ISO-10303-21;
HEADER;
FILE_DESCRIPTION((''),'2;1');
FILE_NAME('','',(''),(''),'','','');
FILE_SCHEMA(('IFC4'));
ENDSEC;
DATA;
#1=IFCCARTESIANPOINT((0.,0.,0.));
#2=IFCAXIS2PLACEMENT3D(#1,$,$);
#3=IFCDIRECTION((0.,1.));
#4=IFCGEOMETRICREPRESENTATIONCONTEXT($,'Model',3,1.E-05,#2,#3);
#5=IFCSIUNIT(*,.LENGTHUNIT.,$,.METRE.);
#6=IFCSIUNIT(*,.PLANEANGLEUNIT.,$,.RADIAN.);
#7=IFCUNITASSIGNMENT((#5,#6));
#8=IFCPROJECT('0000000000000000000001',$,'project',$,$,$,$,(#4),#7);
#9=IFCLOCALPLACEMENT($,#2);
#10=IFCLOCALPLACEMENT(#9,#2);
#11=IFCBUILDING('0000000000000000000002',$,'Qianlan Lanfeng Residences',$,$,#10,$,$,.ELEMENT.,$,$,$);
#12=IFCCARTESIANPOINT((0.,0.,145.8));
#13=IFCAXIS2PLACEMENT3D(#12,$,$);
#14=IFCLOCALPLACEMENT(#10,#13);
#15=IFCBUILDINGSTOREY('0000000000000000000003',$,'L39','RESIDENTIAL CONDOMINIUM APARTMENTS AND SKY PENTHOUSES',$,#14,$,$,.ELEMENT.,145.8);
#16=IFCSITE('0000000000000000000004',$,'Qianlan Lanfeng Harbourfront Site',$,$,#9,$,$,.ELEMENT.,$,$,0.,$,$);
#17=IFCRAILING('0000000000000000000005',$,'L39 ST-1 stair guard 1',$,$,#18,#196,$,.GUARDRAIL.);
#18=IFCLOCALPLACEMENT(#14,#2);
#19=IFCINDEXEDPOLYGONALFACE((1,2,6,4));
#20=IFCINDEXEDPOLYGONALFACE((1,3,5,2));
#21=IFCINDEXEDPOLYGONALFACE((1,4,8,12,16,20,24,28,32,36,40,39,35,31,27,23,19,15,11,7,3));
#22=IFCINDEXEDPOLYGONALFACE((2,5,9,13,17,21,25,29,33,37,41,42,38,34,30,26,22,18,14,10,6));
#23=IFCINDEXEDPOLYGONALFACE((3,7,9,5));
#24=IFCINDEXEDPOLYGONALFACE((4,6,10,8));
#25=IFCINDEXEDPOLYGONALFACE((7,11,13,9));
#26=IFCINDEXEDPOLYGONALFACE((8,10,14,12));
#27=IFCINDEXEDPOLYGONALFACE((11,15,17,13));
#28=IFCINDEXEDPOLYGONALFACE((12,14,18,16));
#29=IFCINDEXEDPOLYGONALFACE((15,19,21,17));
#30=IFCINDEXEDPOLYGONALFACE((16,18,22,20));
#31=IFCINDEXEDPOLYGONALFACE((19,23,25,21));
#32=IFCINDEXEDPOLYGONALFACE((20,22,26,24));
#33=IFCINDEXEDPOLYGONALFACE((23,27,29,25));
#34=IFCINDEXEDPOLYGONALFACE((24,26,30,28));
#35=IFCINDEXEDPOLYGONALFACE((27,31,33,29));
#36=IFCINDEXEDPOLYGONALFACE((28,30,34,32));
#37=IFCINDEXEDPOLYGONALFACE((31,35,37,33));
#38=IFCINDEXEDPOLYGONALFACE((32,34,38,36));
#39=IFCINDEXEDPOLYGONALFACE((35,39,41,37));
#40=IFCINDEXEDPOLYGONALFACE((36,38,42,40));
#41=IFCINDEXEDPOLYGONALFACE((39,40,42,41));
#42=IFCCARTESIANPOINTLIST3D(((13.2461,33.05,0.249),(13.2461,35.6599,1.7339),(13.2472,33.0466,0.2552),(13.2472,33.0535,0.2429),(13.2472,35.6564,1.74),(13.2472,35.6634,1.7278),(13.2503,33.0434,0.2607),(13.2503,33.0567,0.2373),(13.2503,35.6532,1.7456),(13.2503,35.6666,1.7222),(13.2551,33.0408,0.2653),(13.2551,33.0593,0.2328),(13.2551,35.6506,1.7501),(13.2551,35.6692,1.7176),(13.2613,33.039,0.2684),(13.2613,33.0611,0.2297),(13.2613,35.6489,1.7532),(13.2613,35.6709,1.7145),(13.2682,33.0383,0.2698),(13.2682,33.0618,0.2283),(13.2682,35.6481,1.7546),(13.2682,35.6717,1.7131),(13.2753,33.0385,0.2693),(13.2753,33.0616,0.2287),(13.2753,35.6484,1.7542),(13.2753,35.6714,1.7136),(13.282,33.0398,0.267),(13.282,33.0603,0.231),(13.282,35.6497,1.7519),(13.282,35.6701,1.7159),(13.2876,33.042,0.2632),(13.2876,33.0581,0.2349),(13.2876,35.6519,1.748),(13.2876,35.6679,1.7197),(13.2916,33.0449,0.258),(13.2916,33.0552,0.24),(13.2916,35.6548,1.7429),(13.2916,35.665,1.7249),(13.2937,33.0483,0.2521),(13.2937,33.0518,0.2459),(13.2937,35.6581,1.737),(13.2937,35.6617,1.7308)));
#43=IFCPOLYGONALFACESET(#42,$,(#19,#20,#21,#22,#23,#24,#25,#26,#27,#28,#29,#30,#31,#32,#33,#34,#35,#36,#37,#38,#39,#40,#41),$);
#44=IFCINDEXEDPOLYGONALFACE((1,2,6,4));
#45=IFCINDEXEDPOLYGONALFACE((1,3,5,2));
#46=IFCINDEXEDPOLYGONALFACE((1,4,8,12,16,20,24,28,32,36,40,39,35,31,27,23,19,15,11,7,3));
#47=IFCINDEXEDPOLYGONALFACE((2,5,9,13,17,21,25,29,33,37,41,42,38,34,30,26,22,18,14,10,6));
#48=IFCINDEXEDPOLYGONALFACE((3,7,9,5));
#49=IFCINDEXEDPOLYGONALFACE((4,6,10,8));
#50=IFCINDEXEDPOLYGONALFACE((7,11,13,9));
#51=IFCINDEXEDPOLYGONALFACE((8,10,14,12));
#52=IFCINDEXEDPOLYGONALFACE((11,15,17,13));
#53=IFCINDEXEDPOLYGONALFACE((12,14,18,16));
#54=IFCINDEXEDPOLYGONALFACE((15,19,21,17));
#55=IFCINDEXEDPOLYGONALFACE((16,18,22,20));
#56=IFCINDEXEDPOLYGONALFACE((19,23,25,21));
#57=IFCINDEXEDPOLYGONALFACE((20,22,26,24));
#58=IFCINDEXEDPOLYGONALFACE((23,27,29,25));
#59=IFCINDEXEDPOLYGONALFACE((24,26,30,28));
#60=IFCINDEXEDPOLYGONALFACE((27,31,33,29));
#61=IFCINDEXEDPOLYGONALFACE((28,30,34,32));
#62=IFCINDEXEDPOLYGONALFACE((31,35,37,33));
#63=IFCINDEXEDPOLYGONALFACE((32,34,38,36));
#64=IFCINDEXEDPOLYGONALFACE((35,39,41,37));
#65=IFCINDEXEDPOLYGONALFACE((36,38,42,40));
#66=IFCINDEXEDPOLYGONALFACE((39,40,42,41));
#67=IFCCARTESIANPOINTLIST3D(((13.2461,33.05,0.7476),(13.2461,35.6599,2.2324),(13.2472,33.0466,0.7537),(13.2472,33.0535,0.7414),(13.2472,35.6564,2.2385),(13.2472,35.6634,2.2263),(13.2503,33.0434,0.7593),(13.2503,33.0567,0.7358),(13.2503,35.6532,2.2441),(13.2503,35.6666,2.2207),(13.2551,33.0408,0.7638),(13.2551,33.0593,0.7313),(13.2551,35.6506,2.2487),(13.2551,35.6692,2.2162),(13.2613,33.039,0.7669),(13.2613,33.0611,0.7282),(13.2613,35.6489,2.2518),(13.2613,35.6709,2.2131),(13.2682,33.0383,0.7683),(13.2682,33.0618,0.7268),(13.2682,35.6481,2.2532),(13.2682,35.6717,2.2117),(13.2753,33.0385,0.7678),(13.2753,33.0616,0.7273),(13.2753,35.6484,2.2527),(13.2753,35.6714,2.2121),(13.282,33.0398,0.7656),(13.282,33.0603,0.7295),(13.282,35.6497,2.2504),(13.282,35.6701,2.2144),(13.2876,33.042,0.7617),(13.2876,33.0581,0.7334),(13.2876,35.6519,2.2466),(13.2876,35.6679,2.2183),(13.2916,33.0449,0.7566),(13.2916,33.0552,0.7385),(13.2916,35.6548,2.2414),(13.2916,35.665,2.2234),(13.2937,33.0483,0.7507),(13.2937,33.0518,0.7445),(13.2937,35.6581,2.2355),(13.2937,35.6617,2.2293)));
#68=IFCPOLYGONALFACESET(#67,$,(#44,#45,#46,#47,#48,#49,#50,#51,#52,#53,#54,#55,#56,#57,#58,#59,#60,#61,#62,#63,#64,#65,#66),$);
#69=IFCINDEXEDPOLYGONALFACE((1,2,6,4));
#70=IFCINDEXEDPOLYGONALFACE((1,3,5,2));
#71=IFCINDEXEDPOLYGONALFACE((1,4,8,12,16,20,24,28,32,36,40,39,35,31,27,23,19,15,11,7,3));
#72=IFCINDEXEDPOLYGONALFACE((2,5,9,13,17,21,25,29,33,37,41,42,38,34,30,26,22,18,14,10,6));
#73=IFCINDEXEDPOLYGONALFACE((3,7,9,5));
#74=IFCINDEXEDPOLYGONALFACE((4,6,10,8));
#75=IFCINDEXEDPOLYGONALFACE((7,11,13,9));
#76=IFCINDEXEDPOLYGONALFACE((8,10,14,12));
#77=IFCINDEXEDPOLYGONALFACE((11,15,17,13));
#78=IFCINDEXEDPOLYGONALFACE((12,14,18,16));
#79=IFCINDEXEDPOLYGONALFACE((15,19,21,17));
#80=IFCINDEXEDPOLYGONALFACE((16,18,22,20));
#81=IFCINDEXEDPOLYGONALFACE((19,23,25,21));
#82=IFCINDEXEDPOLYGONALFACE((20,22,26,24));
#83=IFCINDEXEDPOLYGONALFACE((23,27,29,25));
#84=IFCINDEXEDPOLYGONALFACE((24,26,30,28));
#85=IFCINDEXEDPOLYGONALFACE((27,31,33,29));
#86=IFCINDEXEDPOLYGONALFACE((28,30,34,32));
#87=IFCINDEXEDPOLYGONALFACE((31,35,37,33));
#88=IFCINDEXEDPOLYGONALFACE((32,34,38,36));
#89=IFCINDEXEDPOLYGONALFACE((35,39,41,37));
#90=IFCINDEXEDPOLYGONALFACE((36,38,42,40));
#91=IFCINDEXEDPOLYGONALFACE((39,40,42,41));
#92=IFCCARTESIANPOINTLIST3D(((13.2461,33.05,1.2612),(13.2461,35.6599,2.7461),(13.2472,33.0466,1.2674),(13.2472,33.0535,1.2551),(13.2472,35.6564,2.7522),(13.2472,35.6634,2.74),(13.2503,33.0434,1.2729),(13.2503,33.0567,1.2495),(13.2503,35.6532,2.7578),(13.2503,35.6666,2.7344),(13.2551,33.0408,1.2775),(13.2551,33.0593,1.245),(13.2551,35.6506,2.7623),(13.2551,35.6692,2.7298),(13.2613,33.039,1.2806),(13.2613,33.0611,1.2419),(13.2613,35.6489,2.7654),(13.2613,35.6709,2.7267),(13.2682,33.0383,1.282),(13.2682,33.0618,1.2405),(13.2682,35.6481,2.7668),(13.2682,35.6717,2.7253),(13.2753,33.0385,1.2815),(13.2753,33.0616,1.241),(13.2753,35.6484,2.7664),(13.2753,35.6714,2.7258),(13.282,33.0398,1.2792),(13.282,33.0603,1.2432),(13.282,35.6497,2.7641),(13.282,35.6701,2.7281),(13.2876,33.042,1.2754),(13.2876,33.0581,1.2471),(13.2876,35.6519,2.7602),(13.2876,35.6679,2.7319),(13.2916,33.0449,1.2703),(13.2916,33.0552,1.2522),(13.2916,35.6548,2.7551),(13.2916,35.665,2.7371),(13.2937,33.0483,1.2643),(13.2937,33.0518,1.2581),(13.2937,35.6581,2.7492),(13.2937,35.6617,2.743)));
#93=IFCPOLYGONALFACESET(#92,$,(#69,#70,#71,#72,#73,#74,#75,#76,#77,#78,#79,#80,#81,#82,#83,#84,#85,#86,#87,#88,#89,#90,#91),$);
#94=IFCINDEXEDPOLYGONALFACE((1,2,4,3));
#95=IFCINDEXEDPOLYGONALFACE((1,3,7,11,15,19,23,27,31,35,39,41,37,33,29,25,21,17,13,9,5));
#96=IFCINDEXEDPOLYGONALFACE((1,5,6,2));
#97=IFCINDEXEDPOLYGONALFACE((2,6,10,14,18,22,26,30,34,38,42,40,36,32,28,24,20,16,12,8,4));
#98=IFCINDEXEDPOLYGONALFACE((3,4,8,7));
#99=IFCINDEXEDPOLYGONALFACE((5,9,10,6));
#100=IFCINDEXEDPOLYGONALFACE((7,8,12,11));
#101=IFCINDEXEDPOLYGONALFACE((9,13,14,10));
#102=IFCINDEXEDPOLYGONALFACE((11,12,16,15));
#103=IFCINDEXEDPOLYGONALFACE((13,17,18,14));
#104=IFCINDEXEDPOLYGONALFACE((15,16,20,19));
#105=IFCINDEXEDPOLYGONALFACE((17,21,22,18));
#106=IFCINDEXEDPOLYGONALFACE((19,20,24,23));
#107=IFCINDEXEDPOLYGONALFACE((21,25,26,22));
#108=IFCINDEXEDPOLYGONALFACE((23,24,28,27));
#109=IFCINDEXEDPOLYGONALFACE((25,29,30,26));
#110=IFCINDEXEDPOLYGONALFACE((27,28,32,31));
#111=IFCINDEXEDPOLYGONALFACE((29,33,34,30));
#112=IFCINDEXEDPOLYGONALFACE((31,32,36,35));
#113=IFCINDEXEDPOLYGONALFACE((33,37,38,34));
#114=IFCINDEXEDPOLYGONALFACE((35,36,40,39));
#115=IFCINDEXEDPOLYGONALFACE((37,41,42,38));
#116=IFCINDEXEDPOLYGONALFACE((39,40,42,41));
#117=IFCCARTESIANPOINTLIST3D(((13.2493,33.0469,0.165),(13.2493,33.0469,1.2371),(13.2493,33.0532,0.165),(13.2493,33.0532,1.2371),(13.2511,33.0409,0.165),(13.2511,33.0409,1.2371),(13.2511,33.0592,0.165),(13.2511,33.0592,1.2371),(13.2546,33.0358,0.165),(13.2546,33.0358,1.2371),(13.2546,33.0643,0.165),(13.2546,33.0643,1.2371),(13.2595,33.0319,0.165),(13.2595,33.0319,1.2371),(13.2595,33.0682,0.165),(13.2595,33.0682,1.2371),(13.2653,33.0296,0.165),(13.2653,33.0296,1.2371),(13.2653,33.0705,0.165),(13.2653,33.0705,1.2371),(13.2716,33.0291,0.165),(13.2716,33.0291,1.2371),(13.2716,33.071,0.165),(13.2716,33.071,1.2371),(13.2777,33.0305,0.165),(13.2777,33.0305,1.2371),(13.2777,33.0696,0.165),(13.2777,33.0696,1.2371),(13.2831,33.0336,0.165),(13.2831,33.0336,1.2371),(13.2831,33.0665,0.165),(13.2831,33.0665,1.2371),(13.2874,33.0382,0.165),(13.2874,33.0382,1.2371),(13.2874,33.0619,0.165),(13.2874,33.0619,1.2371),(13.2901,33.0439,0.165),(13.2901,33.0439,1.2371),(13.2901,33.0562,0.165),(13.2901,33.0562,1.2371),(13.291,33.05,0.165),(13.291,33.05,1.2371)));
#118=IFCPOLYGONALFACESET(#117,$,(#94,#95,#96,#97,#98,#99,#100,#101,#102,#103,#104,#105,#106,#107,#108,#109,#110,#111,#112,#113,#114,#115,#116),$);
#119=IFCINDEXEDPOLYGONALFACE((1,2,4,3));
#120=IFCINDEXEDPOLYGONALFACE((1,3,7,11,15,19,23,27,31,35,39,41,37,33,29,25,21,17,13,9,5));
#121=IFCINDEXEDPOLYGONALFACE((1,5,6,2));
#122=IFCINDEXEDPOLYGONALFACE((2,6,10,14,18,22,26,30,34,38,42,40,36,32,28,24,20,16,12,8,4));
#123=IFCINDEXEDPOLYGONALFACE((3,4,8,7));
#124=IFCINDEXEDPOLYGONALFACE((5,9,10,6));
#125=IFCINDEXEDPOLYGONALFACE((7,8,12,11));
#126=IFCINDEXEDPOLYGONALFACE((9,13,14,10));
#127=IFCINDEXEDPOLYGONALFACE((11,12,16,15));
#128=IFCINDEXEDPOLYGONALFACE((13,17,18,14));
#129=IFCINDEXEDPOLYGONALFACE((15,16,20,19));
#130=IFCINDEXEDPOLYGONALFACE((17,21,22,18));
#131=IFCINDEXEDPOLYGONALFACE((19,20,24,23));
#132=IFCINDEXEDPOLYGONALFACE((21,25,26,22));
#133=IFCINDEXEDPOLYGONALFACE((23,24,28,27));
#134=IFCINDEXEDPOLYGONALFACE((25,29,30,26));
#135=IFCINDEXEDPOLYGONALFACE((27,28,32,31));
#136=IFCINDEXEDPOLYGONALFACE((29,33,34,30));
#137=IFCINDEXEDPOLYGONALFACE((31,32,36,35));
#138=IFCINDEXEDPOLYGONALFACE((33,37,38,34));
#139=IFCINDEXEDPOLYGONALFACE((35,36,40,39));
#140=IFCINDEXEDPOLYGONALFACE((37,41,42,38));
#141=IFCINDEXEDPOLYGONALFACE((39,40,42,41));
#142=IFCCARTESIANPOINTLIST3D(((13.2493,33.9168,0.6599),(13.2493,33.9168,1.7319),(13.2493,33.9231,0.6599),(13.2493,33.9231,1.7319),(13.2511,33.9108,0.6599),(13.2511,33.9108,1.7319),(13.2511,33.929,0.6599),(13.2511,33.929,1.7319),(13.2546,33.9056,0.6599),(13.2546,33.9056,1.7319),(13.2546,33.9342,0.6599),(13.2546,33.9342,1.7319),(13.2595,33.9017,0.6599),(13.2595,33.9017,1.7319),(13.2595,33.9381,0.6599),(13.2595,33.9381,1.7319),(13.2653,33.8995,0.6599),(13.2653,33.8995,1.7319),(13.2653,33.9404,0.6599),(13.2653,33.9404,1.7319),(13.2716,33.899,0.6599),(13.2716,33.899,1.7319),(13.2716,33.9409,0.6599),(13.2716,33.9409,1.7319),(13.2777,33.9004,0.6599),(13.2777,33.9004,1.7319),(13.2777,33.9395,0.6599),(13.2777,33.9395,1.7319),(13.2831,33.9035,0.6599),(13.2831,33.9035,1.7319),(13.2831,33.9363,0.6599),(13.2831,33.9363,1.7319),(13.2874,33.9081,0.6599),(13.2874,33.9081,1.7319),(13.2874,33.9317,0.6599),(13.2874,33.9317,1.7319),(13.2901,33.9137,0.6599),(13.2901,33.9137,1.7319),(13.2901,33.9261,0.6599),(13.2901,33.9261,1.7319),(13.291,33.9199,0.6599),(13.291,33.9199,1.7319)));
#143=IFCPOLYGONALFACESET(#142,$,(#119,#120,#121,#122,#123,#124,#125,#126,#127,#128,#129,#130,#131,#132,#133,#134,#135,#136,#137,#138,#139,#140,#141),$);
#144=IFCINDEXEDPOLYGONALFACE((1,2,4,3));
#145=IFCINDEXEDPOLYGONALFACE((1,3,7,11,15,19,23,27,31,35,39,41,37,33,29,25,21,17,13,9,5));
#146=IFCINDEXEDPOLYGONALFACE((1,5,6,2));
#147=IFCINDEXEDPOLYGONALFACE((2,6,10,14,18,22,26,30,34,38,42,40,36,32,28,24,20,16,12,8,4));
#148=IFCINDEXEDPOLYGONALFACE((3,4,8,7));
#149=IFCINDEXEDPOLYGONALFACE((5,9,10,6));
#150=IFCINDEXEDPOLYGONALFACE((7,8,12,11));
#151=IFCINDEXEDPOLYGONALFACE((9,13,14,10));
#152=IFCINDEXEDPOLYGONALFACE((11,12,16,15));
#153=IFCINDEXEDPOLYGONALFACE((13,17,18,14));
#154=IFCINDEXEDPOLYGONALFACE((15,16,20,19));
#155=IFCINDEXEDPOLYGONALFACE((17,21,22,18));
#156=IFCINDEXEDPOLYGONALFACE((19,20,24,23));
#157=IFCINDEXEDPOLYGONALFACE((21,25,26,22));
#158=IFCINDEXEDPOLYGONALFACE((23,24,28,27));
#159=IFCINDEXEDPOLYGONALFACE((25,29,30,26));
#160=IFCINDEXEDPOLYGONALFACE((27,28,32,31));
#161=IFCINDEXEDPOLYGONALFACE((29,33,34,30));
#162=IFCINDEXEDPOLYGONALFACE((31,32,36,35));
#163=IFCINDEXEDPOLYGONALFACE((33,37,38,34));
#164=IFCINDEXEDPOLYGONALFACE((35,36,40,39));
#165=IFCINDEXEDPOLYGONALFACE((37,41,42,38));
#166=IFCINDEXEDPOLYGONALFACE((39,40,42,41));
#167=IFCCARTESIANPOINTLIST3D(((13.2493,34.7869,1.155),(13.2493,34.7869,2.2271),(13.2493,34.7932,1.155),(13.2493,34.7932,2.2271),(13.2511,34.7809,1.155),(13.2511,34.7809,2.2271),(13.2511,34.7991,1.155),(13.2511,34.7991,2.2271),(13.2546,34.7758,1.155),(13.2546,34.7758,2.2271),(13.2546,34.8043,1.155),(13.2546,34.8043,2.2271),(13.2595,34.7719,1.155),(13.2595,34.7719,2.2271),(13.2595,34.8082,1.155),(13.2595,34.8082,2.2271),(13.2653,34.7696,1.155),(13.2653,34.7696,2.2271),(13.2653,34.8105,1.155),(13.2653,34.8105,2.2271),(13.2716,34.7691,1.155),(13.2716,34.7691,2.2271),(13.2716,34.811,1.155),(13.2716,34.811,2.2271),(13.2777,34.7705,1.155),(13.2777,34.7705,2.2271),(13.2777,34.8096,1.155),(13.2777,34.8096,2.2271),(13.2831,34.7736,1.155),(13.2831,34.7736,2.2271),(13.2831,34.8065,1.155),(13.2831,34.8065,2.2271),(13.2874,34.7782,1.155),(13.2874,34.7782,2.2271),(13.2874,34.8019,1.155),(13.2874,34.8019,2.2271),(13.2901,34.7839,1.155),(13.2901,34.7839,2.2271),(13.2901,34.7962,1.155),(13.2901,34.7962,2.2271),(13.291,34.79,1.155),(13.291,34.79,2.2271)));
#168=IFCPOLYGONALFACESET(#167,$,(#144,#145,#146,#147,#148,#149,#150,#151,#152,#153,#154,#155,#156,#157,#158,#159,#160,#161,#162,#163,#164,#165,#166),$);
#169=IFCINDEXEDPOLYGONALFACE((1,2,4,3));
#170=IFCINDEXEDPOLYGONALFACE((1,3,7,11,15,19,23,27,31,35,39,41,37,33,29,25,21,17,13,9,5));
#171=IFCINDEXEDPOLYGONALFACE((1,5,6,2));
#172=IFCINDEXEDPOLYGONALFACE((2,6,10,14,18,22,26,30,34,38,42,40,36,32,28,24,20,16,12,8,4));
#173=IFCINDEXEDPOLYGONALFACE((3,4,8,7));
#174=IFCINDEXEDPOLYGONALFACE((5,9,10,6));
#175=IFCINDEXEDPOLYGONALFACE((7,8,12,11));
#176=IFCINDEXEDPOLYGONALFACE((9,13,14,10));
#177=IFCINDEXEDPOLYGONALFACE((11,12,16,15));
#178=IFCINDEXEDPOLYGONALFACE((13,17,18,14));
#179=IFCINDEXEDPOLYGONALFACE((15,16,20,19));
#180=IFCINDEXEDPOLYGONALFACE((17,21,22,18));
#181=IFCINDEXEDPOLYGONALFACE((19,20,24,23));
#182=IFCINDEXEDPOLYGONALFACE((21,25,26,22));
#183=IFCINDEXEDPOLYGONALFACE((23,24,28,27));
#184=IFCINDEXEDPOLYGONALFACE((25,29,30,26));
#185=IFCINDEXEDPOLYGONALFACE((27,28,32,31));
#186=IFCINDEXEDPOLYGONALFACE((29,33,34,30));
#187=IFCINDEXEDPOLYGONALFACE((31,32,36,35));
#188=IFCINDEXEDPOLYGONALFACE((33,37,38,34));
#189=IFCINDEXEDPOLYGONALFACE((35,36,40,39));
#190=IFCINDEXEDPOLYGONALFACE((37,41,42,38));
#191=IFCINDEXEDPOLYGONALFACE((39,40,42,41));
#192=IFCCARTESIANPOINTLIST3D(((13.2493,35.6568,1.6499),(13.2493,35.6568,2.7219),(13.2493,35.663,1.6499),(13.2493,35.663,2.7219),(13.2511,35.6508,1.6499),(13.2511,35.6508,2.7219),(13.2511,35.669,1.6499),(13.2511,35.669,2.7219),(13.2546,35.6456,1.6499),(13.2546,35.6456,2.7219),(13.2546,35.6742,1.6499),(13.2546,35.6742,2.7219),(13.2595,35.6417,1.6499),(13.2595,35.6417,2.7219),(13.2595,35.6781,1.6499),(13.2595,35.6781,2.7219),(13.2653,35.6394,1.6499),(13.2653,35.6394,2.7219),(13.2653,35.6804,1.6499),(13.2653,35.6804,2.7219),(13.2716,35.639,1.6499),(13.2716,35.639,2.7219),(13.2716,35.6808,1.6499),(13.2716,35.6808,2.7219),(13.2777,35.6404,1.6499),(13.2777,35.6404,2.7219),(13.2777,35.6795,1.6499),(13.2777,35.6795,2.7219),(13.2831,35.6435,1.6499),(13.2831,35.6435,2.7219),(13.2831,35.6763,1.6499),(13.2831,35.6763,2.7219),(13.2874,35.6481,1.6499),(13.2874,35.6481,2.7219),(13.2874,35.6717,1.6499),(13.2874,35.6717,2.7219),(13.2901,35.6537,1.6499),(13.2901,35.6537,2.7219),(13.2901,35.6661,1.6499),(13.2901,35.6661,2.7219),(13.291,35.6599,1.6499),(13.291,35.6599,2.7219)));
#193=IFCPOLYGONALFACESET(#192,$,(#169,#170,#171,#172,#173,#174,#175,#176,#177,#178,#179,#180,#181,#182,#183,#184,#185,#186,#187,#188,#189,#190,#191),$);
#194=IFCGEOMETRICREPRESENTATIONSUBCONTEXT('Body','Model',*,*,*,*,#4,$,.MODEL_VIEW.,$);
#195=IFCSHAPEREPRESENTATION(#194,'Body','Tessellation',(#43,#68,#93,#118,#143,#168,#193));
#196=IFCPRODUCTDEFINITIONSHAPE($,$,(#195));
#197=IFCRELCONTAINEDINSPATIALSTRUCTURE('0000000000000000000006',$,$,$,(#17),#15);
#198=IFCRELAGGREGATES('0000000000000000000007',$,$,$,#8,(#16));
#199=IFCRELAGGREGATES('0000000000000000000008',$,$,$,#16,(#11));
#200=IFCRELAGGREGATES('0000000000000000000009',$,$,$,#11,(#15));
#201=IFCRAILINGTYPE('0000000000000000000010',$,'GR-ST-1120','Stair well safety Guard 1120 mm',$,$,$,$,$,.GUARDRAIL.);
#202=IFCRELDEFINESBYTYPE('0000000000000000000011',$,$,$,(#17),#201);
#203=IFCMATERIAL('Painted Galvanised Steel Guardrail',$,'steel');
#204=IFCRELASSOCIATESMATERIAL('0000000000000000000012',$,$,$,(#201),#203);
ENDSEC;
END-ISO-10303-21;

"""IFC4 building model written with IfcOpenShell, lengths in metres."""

from ifc_helpers import new_model, si_unit, direction, frame, origin, origin_2d, place, context, subcontext, project, spatial, circle, extrude, material, type_object, element, save


model = new_model("IFC4")

# Units and contexts
model_context = context("Model", 3, precision=1e-05, world=origin(), true_north=direction((0.0, 1.0)))
body_context = subcontext(model_context, "Body", "Model", "MODEL_VIEW")
ifc_project = project(units=[si_unit("LENGTHUNIT", "METRE"), si_unit("PLANEANGLEUNIT", "RADIAN")], contexts=[model_context])

# Site, building, storey
site_placement = place(None, origin())
site = spatial("IfcSite", under=ifc_project, at=site_placement, Name="Qianlan Lanfeng Harbourfront Site", CompositionType="ELEMENT", RefElevation=0.0)
building_placement = place(site_placement, origin())
building = spatial("IfcBuilding", under=site, at=building_placement, Name="Qianlan Lanfeng Residences", CompositionType="ELEMENT")
storey_placement = place(building_placement, frame((0.0, 0.0, 145.8)))
storey = spatial("IfcBuildingStorey", under=building, at=storey_placement, Name="L39", Description="RESIDENTIAL CONDOMINIUM APARTMENTS AND SKY PENTHOUSES", CompositionType="ELEMENT", Elevation=145.8)

# Railing
ifc_material_1 = material(Name="Painted Galvanised Steel Guardrail", Category="steel")
railing_type_1 = type_object("IfcRailingType", Name="GR-ST-1120", Description="Stair well safety Guard 1120 mm", PredefinedType="GUARDRAIL", material=ifc_material_1)
railing_1_placement = place(storey_placement, frame((13.27, 33.05, 0.165)))
element("IfcRailing", 1, at=railing_1_placement, inside=storey, type_object=railing_type_1, Name="L39 ST-1 stair guard 1", PredefinedType="GUARDRAIL", context=body_context, shape_type="SweptSolid", body=[
    extrude(circle(Radius=0.0239, at=origin_2d()), frame((0.0, 0.0, 0.084), z_axis=(0.0, 0.869172, 0.494509), x_axis=(-1.0, 0.0, 0.0)), (0.0, 0.0, 1.0), 3.0027),
    extrude(circle(Radius=0.0239, at=origin_2d()), frame((0.0, 0.0, 0.5825), z_axis=(0.0, 0.869172, 0.494509), x_axis=(-1.0, 0.0, 0.0)), (0.0, 0.0, 1.0), 3.0027),
    extrude(circle(Radius=0.0239, at=origin_2d()), frame((0.0, 0.0, 1.0962), z_axis=(0.0, 0.869172, 0.494509), x_axis=(-1.0, 0.0, 0.0)), (0.0, 0.0, 1.0), 3.0027),
    extrude(circle(Radius=0.021, at=origin_2d()), origin(), (0.0, 0.0, 1.0), 1.072),
    extrude(circle(Radius=0.021, at=origin_2d()), frame((0.0, 0.8699, 0.4949)), (0.0, 0.0, 1.0), 1.072),
    extrude(circle(Radius=0.021, at=origin_2d()), frame((0.0, 1.74, 0.99)), (0.0, 0.0, 1.0), 1.072),
    extrude(circle(Radius=0.021, at=origin_2d()), frame((0.0, 2.6099, 1.4849)), (0.0, 0.0, 1.0), 1.072),
])

save(model, "model.ifc")
